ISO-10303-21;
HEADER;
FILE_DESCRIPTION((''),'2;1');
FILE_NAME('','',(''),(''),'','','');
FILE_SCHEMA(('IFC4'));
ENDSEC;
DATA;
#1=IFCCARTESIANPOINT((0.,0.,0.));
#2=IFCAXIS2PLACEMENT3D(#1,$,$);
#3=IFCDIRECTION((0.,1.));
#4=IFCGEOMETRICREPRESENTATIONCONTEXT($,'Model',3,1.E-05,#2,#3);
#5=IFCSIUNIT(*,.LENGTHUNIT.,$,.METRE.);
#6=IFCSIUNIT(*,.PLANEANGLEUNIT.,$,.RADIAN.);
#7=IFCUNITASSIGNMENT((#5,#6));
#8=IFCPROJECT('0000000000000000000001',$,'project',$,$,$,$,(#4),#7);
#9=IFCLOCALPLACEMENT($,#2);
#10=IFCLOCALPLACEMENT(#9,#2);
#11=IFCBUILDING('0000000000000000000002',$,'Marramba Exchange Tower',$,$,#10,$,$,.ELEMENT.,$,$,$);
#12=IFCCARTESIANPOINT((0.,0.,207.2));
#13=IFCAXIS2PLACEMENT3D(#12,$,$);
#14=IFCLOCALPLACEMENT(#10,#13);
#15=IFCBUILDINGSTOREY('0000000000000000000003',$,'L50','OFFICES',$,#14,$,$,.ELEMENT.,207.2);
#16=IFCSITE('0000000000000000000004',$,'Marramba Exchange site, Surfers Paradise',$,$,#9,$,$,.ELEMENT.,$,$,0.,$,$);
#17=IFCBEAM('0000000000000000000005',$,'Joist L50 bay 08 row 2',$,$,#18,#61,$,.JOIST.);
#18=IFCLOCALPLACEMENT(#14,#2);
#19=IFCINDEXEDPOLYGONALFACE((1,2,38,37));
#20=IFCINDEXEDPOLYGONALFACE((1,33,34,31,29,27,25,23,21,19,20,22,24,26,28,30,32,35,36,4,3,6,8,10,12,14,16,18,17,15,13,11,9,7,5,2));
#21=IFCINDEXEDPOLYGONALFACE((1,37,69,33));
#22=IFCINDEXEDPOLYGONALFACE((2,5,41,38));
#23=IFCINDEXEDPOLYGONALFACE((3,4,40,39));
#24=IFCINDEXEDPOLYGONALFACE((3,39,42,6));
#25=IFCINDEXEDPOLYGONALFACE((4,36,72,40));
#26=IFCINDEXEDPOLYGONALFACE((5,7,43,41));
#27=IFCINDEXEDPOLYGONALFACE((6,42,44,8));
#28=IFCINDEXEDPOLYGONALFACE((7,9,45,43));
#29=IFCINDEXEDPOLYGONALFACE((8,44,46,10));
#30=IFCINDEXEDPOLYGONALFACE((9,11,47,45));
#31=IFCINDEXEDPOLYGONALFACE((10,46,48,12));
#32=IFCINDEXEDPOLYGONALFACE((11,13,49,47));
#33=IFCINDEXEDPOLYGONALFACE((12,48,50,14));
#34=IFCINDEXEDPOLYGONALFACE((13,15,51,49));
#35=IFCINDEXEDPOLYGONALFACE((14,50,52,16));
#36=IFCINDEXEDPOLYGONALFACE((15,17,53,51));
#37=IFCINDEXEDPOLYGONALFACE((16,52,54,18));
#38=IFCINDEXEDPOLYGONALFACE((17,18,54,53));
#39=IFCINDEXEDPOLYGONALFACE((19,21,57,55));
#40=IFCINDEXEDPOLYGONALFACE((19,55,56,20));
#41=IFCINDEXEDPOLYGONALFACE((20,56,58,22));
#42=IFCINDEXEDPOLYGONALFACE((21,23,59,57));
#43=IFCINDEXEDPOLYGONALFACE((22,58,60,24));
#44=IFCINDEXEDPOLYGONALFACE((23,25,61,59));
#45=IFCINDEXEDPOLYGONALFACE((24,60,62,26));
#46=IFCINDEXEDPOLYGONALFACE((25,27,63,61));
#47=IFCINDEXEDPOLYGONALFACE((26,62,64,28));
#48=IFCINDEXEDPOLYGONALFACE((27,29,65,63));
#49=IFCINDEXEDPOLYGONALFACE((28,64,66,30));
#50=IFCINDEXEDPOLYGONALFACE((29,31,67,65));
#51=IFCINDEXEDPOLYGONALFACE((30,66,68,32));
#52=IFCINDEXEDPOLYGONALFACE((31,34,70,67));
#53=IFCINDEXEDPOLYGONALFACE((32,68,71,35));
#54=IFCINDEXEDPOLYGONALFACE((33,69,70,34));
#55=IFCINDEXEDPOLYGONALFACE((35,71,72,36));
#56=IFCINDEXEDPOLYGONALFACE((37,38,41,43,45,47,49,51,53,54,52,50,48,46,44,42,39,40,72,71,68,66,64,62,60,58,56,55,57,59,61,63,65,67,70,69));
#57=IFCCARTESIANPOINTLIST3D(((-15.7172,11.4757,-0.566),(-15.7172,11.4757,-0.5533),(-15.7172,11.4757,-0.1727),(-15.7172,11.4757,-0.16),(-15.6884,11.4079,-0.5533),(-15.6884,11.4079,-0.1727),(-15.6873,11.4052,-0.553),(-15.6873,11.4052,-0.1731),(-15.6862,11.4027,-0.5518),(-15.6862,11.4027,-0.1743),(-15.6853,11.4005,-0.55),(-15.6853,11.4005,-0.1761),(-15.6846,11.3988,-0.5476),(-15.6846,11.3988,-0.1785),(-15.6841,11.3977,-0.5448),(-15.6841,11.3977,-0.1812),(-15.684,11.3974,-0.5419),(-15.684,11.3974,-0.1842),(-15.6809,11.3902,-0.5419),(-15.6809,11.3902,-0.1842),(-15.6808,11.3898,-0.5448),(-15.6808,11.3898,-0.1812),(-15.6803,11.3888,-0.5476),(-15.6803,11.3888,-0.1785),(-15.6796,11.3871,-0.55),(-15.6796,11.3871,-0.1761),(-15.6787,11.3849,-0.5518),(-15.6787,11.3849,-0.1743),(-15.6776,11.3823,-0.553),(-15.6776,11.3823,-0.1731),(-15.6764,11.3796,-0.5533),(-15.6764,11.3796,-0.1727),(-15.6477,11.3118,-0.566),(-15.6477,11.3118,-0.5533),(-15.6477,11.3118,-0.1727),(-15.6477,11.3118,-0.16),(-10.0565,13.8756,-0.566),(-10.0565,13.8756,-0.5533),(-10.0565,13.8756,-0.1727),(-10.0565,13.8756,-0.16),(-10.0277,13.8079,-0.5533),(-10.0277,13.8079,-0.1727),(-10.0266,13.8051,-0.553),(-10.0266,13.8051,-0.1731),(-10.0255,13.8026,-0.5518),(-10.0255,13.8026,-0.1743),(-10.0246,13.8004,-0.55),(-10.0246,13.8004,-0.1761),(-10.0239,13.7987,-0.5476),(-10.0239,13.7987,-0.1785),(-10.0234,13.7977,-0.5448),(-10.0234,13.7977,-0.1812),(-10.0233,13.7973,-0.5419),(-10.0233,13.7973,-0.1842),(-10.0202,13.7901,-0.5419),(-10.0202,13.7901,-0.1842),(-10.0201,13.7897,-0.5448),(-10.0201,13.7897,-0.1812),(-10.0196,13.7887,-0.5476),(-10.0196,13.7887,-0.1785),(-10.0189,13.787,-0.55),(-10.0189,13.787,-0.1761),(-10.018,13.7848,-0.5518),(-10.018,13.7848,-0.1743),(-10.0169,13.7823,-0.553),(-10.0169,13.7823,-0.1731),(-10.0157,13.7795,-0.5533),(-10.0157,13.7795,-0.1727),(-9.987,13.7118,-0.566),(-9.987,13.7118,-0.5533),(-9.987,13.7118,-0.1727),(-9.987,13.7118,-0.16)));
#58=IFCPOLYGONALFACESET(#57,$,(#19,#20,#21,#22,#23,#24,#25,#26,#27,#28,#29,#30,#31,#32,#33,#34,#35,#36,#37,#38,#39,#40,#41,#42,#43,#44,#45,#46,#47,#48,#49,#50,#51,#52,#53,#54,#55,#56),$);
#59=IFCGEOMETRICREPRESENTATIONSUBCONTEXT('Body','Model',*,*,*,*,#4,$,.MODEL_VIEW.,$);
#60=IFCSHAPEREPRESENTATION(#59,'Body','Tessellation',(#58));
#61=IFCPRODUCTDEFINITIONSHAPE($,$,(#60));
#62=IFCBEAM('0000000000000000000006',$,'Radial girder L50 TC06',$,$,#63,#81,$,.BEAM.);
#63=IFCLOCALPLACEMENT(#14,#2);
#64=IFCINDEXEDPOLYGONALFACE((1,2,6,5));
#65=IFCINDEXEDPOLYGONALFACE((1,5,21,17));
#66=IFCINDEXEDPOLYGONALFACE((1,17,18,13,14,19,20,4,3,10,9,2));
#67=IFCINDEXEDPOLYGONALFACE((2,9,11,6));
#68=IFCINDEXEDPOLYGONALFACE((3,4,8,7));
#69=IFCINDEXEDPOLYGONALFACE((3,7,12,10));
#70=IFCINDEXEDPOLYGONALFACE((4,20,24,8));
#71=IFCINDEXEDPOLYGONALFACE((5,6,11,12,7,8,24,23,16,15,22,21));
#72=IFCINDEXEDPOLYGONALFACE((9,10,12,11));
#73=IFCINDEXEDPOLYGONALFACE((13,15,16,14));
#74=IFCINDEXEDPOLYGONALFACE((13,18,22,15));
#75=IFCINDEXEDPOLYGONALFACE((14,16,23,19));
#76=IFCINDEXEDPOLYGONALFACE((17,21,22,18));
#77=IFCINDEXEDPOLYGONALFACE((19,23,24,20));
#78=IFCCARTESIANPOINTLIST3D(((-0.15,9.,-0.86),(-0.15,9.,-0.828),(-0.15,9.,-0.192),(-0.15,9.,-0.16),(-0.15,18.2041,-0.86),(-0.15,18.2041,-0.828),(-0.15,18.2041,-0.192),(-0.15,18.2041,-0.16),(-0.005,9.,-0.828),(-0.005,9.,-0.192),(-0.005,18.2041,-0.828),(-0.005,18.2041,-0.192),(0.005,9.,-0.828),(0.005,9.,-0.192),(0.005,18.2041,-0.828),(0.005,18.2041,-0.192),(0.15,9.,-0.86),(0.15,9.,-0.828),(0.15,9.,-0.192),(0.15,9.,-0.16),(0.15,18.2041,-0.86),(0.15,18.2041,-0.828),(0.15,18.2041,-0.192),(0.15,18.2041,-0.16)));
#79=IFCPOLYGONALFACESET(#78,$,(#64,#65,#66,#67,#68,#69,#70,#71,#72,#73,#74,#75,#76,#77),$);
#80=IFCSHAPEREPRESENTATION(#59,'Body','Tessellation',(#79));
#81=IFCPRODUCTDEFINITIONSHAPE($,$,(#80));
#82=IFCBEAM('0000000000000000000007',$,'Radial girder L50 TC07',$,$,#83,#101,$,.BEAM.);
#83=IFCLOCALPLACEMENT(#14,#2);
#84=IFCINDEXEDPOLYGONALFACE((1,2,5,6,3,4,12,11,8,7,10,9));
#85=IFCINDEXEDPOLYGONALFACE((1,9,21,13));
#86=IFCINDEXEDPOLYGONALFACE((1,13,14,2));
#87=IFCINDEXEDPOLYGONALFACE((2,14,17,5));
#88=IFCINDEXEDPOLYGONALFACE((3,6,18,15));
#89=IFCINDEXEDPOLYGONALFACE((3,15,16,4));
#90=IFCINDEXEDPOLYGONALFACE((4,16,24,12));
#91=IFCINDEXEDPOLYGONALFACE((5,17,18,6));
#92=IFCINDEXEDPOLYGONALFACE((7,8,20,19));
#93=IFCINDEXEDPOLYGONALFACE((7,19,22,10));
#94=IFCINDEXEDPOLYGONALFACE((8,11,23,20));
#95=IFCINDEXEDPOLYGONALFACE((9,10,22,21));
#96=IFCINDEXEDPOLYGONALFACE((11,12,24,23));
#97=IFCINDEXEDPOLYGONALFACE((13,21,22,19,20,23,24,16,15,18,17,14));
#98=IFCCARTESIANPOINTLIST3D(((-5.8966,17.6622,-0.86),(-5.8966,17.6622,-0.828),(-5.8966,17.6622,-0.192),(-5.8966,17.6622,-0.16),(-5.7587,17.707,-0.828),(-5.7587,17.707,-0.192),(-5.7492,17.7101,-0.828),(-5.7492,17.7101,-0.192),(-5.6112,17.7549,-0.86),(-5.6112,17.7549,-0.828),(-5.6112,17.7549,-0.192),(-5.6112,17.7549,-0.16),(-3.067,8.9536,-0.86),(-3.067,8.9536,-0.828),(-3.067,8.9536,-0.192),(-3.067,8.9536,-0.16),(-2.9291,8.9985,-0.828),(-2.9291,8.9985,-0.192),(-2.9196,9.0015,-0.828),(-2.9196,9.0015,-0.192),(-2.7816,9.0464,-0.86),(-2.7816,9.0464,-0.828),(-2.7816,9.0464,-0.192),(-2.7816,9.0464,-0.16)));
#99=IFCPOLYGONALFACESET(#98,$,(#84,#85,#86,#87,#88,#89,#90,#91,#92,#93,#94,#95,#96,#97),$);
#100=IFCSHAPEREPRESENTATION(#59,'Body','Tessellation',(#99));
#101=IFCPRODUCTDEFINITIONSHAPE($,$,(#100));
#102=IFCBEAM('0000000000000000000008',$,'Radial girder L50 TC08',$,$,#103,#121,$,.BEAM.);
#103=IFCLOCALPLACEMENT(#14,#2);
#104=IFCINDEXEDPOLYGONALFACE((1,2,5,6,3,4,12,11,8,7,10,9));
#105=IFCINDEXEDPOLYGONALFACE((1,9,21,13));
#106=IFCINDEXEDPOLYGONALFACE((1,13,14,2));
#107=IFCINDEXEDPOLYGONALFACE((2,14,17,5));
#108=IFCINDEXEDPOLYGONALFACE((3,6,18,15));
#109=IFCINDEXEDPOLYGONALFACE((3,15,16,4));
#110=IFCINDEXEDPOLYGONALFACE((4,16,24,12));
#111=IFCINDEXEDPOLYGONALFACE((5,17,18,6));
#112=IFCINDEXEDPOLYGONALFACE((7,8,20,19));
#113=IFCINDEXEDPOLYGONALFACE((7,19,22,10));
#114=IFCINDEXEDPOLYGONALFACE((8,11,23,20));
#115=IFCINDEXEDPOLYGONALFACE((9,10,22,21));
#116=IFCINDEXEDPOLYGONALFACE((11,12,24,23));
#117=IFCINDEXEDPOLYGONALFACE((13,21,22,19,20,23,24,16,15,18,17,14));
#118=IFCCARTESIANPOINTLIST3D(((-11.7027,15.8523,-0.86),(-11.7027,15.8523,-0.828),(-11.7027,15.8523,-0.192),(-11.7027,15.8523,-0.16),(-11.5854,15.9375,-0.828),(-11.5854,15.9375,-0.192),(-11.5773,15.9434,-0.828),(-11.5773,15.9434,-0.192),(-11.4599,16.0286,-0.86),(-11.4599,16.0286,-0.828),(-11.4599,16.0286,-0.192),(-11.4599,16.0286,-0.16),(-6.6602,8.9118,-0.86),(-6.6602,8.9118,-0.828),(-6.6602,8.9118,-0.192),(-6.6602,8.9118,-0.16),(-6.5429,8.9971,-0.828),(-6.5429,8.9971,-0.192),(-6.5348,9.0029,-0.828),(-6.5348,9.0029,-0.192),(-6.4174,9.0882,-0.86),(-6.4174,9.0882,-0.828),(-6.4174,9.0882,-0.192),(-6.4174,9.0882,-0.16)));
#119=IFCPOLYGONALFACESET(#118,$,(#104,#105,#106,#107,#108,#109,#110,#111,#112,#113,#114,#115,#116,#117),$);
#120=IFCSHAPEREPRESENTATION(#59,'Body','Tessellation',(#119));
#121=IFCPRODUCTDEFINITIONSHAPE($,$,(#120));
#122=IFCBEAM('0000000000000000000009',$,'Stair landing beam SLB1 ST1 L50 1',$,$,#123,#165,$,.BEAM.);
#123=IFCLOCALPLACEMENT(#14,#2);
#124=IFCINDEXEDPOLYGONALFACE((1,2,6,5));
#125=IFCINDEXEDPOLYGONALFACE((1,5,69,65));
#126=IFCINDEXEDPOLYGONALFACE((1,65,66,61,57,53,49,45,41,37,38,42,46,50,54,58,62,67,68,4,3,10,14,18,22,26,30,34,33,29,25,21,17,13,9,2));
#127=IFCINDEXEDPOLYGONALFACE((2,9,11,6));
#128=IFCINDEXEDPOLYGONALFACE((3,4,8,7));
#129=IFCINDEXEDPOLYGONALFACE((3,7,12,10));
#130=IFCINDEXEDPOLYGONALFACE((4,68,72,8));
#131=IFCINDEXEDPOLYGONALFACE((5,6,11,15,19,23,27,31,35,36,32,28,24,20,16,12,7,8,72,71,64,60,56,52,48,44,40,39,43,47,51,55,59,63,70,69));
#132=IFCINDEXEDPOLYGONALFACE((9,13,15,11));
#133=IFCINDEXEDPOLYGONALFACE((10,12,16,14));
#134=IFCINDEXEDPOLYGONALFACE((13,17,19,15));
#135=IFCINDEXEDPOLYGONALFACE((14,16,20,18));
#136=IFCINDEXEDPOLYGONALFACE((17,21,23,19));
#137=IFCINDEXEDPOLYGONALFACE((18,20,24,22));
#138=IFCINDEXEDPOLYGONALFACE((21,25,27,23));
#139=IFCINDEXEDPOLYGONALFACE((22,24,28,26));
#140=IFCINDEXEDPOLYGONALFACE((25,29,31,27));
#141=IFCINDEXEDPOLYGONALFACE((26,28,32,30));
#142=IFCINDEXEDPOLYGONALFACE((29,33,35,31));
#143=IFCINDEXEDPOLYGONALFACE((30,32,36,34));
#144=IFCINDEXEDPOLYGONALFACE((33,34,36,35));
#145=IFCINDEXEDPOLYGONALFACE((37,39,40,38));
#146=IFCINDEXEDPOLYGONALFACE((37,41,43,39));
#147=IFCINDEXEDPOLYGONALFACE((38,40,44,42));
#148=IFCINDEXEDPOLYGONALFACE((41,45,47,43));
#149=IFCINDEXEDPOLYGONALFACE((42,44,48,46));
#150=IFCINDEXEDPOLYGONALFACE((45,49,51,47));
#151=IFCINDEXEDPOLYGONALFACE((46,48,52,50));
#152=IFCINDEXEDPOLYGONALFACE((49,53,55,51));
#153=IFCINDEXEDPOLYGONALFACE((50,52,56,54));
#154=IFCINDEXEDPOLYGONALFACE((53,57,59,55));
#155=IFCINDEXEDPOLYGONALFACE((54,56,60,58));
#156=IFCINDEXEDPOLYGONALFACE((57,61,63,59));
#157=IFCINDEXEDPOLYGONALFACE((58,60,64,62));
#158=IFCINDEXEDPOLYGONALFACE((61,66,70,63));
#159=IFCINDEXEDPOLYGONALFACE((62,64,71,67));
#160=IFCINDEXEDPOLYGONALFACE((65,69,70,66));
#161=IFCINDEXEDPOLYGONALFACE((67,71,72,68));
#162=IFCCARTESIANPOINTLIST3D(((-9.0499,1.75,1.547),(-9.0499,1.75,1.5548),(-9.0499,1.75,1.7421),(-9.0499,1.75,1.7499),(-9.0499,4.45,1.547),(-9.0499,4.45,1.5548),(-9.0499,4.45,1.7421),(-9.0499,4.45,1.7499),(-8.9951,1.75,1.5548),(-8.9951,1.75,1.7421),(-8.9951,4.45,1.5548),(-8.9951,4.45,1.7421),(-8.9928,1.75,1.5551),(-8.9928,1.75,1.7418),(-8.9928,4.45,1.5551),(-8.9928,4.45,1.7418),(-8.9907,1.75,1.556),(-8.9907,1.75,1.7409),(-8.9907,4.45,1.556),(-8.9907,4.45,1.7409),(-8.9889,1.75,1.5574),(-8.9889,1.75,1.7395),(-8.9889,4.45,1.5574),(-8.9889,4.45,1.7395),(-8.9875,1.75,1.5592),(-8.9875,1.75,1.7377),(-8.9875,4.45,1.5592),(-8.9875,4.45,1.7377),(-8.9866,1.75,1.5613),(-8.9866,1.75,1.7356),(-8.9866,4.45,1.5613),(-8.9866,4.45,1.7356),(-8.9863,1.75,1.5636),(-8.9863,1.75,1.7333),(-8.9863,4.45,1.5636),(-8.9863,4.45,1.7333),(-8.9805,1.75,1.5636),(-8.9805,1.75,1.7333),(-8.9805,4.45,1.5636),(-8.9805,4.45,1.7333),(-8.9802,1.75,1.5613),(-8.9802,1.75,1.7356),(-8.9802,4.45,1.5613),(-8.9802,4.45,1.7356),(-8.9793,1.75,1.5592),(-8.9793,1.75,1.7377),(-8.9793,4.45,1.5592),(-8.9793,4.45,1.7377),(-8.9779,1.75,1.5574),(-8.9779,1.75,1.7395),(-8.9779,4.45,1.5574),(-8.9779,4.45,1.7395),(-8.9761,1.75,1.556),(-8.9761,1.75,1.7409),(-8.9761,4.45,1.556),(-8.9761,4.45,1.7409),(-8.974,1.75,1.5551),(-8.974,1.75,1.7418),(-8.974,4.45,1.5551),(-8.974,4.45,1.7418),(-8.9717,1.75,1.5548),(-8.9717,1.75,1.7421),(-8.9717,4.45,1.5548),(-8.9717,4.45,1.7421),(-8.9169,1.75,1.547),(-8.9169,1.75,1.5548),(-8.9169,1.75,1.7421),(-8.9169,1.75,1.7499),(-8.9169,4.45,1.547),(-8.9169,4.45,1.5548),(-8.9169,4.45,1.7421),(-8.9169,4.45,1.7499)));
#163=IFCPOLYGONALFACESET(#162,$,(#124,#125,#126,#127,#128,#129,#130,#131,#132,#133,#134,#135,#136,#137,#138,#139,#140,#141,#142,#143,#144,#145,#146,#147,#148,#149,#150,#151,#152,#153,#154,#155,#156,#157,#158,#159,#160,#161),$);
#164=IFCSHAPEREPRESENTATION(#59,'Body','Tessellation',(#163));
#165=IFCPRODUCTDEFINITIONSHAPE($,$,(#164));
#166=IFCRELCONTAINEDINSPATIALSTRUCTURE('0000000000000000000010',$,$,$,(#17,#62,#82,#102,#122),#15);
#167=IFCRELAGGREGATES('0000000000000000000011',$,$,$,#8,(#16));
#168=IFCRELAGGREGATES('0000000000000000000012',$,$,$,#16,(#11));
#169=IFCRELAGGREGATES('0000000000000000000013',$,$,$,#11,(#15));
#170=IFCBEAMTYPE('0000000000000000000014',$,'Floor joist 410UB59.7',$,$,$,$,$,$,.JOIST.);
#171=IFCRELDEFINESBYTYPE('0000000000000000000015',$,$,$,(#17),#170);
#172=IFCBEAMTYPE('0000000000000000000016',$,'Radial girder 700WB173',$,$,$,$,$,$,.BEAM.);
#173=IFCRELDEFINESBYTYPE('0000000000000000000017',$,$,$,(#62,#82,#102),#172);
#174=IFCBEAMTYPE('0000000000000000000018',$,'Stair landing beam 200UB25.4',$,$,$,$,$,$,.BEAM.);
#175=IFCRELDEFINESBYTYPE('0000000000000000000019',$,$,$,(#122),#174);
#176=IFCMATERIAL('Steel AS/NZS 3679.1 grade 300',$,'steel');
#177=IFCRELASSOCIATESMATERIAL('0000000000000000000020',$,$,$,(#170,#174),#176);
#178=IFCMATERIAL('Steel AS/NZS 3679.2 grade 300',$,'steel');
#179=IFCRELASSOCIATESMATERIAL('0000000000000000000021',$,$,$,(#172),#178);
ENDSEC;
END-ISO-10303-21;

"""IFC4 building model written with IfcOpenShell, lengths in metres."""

from ifc_helpers import new_model, si_unit, direction, frame, origin, origin_2d, place, context, subcontext, project, spatial, i_section, extrude, material, material_profile, profile_set, type_object, element, save


model = new_model("IFC4")

# Units and contexts
model_context = context("Model", 3, precision=1e-05, world=origin(), true_north=direction((0.0, 1.0)))
body_context = subcontext(model_context, "Body", "Model", "MODEL_VIEW")
ifc_project = project(units=[si_unit("LENGTHUNIT", "METRE"), si_unit("PLANEANGLEUNIT", "RADIAN")], contexts=[model_context])

# Site, building, storey
site_placement = place(None, origin())
site = spatial("IfcSite", under=ifc_project, at=site_placement, Name="Marramba Exchange site, Surfers Paradise", CompositionType="ELEMENT", RefElevation=0.0)
building_placement = place(site_placement, origin())
building = spatial("IfcBuilding", under=site, at=building_placement, Name="Marramba Exchange Tower", CompositionType="ELEMENT")
storey_placement = place(building_placement, frame((0.0, 0.0, 207.2)))
storey = spatial("IfcBuildingStorey", under=building, at=storey_placement, Name="L50", Description="OFFICES", CompositionType="ELEMENT", Elevation=207.2)

# Beams
ifc_material_1 = material(Name="Steel AS/NZS 3679.1 grade 300", Category="steel")
ifc_material_profile_1 = material_profile(ifc_material_1, i_section(OverallWidth=0.178, OverallDepth=0.406, WebThickness=0.0078, FlangeThickness=0.0127, FilletRadius=0.0115, at=origin_2d()), Name="410UB59.7")
ifc_profile_set_1 = profile_set([ifc_material_profile_1], Name="Steel AS/NZS 3679.1 grade 300")
beam_type_1 = type_object("IfcBeamType", Name="Floor joist 410UB59.7", PredefinedType="JOIST", material=ifc_profile_set_1)
beam_1_placement = place(storey_placement, frame((-10.0217, 13.7937, -0.363), z_axis=(-0.920674, -0.390332, 0.0), x_axis=(0.390332, -0.920674, 0.0)))
element("IfcBeam", 1, at=beam_1_placement, inside=storey, type_object=beam_type_1, Name="Joist L50 bay 08 row 2", PredefinedType="JOIST", context=body_context, shape_type="SweptSolid", body=[
    extrude(i_section(OverallWidth=0.178, OverallDepth=0.406, WebThickness=0.0078, FlangeThickness=0.0127, FilletRadius=0.0115, at=origin_2d()), origin(), (0.0, 0.0, 1.0), 6.1484),
])
ifc_material_2 = material(Name="Steel AS/NZS 3679.2 grade 300", Category="steel")
ifc_material_profile_2 = material_profile(ifc_material_2, i_section(OverallWidth=0.3, OverallDepth=0.7, WebThickness=0.01, FlangeThickness=0.032, at=origin_2d()), Name="700WB173")
ifc_profile_set_2 = profile_set([ifc_material_profile_2], Name="Steel AS/NZS 3679.2 grade 300")
beam_type_2 = type_object("IfcBeamType", Name="Radial girder 700WB173", PredefinedType="BEAM", material=ifc_profile_set_2)
beam_2_placement = place(storey_placement, frame((0.0, 9.0, -0.51), z_axis=(0.0, 1.0, 0.0), x_axis=(-1.0, 0.0, 0.0)))
element("IfcBeam", 2, at=beam_2_placement, inside=storey, type_object=beam_type_2, Name="Radial girder L50 TC06", PredefinedType="BEAM", context=body_context, shape_type="SweptSolid", body=[
    extrude(i_section(OverallWidth=0.3, OverallDepth=0.7, WebThickness=0.01, FlangeThickness=0.032, at=origin_2d()), origin(), (0.0, 0.0, 1.0), 9.2041),
])
beam_3_placement = place(storey_placement, frame((-2.9243, 9.0, -0.51), z_axis=(-0.30902, 0.951056, 0.0), x_axis=(-0.951056, -0.30902, 0.0)))
element("IfcBeam", 3, at=beam_3_placement, inside=storey, type_object=beam_type_2, Name="Radial girder L50 TC07", PredefinedType="BEAM", context=body_context, shape_type="SweptSolid", body=[
    extrude(i_section(OverallWidth=0.3, OverallDepth=0.7, WebThickness=0.01, FlangeThickness=0.032, at=origin_2d()), origin(), (0.0, 0.0, 1.0), 9.1567),
])
beam_4_placement = place(storey_placement, frame((-6.5388, 9.0, -0.51), z_axis=(-0.587782, 0.809019, 0.0), x_axis=(-0.809019, -0.587782, 0.0)))
element("IfcBeam", 4, at=beam_4_placement, inside=storey, type_object=beam_type_2, Name="Radial girder L50 TC08", PredefinedType="BEAM", context=body_context, shape_type="SweptSolid", body=[
    extrude(i_section(OverallWidth=0.3, OverallDepth=0.7, WebThickness=0.01, FlangeThickness=0.032, at=origin_2d()), origin(), (0.0, 0.0, 1.0), 8.5789),
])
ifc_material_profile_3 = material_profile(ifc_material_1, i_section(OverallWidth=0.1331, OverallDepth=0.2029, WebThickness=0.0059, FlangeThickness=0.0078, FilletRadius=0.0088, at=origin_2d()), Name="200UB25.4")
ifc_profile_set_3 = profile_set([ifc_material_profile_3], Name="Steel AS/NZS 3679.1 grade 300")
beam_type_3 = type_object("IfcBeamType", Name="Stair landing beam 200UB25.4", PredefinedType="BEAM", material=ifc_profile_set_3)
for number, where, z_axis, x_axis, name in (
    (5, (-8.9834, 1.75, 1.6484), (0.0, 1.0, 0.0), (-1.0, 0.0, 0.0), "Stair landing beam SLB1 ST1 L50 1"),
):
    element("IfcBeam", number, at=place(storey_placement, frame(where, z_axis=z_axis, x_axis=x_axis)), inside=storey, type_object=beam_type_3, Name=name, PredefinedType="BEAM", context=body_context, shape_type="SweptSolid", body=[
        extrude(i_section(OverallWidth=0.1331, OverallDepth=0.2029, WebThickness=0.0059, FlangeThickness=0.0078, FilletRadius=0.0088, at=origin_2d()), origin(), (0.0, 0.0, 1.0), 2.7),
    ])

save(model, "model.ifc")
